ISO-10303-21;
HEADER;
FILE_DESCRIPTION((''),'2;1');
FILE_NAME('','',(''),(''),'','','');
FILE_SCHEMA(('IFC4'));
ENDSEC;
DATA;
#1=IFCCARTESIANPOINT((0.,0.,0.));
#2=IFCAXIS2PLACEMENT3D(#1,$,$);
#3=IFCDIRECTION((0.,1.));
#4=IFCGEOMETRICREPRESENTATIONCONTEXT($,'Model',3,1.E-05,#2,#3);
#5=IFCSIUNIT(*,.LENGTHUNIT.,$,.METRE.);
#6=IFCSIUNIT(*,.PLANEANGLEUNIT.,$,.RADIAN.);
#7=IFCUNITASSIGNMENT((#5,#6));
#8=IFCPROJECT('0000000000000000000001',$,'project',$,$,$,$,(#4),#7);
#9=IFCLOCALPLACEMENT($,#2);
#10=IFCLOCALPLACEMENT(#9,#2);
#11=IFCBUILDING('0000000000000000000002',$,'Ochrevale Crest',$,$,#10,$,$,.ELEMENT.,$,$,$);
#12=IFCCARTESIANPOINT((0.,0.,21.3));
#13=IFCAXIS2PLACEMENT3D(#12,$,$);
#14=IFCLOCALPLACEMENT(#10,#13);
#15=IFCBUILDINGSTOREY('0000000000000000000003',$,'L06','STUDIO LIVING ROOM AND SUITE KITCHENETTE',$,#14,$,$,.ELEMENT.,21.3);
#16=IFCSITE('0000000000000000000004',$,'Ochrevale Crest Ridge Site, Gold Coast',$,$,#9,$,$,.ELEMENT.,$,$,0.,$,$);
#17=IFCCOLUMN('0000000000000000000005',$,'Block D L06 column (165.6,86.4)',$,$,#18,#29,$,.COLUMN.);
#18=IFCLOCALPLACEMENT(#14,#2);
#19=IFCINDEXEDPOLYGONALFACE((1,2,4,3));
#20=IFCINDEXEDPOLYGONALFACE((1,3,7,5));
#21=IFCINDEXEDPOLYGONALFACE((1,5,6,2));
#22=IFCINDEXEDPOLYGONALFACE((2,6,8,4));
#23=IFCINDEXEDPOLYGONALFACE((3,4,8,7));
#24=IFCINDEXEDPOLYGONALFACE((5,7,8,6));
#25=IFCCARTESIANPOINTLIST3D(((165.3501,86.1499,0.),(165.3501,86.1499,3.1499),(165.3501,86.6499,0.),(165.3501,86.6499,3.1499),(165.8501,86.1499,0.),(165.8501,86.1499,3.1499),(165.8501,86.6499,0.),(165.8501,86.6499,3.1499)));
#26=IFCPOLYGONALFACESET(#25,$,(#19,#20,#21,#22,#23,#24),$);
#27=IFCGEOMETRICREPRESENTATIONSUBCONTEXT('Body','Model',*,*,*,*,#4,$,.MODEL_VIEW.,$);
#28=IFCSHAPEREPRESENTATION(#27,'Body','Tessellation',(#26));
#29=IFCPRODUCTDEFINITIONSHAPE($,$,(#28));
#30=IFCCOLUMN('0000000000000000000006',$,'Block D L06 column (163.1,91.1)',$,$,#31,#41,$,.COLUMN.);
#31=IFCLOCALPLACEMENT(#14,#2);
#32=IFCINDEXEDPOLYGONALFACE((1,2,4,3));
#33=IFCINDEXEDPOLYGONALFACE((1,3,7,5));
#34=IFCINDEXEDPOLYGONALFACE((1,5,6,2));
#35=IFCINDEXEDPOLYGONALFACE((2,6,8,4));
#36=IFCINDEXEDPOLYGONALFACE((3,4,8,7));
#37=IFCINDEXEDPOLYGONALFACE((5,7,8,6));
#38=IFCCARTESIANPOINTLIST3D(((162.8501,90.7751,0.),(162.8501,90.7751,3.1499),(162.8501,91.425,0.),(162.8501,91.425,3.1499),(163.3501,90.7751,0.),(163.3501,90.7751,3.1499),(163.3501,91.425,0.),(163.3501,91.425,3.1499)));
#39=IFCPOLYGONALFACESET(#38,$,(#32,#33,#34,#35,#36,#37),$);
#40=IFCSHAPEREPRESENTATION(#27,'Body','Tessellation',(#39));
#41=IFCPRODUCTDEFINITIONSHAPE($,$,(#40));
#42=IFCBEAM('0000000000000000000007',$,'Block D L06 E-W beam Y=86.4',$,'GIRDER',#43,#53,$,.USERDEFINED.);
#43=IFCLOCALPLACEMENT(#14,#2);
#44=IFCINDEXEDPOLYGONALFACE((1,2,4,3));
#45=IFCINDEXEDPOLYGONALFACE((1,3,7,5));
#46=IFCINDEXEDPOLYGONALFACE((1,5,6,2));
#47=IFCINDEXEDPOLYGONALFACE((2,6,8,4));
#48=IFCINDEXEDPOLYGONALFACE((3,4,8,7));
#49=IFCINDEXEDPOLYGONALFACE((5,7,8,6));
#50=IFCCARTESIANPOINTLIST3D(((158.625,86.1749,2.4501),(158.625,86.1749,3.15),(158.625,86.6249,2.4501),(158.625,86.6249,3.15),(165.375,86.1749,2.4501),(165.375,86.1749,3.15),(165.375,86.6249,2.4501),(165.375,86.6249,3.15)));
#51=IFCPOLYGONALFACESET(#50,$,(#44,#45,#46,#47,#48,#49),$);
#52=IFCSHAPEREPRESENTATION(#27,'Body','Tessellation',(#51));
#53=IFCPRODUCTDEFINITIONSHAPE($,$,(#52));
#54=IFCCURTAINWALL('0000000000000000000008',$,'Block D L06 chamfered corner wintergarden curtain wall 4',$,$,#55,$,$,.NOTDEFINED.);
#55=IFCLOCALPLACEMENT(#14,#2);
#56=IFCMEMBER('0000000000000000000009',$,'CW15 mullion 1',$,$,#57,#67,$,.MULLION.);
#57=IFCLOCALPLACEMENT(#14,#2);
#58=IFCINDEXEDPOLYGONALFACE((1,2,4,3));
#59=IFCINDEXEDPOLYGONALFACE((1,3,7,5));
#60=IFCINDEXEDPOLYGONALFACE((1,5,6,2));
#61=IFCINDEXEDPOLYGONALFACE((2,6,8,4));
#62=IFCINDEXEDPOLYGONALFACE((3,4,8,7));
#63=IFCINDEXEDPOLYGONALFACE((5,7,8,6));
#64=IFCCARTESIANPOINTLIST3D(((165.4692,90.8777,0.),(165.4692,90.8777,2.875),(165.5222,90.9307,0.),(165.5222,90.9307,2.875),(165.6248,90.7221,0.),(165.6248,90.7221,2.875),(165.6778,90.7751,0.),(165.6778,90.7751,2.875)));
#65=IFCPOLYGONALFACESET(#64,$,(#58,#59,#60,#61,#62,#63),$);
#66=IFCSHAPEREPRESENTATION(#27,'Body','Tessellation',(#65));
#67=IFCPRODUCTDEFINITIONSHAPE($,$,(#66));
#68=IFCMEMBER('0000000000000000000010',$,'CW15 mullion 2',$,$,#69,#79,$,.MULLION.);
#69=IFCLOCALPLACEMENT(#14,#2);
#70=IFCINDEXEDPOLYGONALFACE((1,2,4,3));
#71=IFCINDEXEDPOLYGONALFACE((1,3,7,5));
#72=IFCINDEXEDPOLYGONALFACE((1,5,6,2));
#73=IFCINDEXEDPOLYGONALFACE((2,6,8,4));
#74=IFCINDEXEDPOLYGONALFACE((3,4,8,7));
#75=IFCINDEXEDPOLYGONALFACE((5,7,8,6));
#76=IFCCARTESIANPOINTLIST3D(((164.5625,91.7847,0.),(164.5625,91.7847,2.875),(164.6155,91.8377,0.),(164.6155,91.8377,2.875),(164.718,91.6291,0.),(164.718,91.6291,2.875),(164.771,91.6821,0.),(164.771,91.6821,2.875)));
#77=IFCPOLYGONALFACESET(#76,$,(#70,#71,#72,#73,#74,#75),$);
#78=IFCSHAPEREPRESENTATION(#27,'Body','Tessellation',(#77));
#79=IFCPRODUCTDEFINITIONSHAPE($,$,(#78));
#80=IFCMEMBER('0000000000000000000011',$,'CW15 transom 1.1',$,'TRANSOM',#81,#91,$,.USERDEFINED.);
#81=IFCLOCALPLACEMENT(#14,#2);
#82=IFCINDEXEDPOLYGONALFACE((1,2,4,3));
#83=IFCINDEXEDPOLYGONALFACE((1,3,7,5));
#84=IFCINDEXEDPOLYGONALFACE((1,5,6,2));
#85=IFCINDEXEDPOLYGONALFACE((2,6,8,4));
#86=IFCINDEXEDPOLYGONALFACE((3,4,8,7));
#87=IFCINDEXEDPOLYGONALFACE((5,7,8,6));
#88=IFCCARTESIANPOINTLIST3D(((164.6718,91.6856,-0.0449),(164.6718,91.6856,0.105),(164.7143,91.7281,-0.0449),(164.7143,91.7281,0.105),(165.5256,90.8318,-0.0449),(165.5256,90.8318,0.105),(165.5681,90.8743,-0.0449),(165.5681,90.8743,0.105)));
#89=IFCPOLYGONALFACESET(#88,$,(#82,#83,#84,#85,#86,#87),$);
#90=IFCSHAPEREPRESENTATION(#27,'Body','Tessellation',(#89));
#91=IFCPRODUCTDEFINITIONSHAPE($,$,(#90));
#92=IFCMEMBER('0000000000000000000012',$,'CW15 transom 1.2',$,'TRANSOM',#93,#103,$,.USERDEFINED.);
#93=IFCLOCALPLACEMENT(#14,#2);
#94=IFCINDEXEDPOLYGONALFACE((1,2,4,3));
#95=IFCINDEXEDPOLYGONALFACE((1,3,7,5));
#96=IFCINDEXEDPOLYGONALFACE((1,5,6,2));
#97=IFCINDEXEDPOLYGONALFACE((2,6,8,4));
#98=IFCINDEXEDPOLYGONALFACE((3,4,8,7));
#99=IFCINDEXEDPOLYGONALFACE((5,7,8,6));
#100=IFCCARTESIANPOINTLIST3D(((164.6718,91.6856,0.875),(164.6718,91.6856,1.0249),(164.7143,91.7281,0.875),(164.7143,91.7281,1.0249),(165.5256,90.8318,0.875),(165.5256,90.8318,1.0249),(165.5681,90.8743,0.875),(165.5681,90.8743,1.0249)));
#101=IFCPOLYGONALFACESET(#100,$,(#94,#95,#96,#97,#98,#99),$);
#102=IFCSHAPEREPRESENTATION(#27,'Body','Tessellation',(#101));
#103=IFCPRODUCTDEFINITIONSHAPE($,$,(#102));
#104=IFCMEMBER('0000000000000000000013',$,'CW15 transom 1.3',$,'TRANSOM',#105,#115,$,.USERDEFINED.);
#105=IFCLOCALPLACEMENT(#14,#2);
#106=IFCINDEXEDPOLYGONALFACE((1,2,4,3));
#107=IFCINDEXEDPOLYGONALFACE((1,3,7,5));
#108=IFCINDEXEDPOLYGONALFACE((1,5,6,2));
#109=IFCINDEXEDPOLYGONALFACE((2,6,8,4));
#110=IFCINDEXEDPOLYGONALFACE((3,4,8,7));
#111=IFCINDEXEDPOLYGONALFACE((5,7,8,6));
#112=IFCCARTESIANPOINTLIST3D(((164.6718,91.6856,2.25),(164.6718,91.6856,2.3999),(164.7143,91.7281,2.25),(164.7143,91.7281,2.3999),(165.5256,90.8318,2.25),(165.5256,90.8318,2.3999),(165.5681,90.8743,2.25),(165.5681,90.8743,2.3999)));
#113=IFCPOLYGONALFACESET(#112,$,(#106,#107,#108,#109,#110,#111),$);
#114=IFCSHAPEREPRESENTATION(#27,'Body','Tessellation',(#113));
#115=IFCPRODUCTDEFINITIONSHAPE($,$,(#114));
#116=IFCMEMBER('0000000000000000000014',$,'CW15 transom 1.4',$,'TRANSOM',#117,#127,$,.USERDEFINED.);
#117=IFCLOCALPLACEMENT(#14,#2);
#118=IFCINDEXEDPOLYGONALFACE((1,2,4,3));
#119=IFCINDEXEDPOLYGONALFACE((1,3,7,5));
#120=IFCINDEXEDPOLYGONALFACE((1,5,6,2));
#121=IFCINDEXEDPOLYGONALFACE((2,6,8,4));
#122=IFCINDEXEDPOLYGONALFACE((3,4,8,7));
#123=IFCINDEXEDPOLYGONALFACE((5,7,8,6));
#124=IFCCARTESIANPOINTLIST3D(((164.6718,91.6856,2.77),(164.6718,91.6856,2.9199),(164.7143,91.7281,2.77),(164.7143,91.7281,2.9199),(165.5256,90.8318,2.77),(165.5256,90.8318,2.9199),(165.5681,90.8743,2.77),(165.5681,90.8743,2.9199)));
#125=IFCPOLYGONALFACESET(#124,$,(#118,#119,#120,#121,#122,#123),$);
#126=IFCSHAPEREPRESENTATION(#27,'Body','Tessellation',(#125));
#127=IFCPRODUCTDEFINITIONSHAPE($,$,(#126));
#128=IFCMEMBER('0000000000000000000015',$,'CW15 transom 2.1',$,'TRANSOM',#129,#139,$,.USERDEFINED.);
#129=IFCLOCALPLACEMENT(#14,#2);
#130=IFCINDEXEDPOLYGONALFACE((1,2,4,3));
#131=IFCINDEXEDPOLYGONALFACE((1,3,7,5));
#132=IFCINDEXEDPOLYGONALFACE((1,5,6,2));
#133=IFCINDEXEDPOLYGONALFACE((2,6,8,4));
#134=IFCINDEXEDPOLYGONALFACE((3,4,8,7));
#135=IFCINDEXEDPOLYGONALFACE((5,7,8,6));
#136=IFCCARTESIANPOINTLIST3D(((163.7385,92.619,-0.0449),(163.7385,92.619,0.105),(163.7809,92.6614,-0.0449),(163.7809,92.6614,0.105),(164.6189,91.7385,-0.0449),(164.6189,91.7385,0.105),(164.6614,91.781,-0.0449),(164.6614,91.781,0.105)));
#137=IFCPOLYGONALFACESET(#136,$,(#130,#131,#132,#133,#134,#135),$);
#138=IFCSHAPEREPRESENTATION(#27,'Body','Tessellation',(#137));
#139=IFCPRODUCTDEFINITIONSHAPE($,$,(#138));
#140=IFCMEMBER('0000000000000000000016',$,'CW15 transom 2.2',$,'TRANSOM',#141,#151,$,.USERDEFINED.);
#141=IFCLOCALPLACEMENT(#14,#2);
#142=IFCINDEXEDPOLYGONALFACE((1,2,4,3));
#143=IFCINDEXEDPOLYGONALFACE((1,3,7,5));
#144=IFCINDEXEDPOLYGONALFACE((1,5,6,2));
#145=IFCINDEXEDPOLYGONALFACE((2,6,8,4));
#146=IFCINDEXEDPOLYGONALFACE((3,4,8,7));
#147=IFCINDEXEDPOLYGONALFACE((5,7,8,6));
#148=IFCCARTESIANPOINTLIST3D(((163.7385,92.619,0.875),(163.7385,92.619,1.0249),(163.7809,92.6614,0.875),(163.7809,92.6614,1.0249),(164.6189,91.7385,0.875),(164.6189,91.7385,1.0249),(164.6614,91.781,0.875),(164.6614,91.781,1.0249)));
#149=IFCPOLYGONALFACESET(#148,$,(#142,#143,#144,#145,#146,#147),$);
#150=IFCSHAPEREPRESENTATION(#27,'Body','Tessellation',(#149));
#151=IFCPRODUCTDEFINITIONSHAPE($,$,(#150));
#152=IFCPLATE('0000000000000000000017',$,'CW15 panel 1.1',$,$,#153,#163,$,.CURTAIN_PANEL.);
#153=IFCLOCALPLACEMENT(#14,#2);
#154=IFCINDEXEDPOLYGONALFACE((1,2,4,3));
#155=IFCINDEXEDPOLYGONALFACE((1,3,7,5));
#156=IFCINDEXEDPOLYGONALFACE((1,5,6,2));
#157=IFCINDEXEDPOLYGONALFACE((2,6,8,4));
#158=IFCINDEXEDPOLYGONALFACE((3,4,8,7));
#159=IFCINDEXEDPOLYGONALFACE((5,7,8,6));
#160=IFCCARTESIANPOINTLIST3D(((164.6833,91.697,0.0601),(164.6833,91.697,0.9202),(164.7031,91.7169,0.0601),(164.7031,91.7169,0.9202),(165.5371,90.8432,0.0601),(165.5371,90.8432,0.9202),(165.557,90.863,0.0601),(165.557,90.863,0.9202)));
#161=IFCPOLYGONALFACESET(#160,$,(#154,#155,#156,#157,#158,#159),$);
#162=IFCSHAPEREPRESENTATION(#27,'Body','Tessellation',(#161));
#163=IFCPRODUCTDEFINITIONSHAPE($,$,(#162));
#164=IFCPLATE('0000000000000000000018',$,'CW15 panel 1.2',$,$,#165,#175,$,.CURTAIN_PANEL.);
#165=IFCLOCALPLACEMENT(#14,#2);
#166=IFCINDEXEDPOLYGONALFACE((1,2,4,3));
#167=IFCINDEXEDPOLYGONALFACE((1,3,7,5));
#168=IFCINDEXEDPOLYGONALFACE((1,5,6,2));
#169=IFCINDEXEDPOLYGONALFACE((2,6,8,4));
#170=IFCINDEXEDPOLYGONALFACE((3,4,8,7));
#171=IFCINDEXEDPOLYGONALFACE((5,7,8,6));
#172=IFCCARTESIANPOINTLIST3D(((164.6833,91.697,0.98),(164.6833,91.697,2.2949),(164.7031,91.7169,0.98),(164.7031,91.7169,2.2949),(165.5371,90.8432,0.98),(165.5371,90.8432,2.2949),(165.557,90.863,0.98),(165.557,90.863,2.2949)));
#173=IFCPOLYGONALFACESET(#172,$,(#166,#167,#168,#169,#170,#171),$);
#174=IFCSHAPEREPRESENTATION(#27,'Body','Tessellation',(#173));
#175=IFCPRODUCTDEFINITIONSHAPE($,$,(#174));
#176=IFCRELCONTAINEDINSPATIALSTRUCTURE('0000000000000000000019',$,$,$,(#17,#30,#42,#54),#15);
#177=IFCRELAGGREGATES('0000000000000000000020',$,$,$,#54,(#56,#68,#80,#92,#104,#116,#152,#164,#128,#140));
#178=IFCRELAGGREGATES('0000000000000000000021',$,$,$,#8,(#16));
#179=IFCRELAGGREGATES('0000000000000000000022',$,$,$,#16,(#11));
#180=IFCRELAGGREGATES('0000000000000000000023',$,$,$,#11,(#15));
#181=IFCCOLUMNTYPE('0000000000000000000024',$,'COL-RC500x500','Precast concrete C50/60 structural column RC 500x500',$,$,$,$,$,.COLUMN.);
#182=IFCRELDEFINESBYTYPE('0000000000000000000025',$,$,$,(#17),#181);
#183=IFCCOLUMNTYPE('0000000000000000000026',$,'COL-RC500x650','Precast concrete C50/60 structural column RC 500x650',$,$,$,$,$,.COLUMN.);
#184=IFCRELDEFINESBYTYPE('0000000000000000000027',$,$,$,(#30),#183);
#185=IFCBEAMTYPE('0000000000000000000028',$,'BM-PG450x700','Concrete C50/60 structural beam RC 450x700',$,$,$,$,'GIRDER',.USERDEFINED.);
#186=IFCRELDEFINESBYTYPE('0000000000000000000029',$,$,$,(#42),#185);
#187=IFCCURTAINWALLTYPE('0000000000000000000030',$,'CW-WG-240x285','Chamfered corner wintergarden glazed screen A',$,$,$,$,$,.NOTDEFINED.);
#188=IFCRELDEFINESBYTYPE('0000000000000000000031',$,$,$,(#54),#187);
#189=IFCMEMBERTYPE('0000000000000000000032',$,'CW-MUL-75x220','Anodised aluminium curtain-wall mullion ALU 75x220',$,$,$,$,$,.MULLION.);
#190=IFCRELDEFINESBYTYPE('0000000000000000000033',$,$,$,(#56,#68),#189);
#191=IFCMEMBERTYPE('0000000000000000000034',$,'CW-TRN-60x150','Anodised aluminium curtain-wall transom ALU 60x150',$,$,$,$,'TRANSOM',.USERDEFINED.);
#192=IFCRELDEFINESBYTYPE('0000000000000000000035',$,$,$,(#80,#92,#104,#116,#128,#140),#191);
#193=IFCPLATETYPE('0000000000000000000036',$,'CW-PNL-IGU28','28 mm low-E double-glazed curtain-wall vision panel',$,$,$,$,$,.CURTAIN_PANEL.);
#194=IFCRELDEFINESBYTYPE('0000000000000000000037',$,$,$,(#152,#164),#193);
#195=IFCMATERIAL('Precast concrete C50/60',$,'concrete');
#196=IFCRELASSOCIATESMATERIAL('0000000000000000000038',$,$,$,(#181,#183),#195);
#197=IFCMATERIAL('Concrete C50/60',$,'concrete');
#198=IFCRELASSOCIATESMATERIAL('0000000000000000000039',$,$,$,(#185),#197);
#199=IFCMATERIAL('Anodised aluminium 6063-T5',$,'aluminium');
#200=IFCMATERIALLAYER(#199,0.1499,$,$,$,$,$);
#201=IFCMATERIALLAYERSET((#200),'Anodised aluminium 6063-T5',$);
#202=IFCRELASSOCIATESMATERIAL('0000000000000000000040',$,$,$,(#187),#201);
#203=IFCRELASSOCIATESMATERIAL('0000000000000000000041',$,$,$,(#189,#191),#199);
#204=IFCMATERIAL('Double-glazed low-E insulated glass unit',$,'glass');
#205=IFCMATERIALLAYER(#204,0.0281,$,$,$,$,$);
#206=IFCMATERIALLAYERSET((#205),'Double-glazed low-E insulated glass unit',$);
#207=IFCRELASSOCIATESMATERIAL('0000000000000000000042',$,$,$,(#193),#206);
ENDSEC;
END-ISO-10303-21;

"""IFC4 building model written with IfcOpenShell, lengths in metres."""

from ifc_helpers import new_model, si_unit, direction, frame, origin, origin_2d, place, context, subcontext, project, spatial, rectangle, extrude, material, layer, layer_set, material_profile, profile_set, type_object, element, aggregate, save


model = new_model("IFC4")

# Units and contexts
model_context = context("Model", 3, precision=1e-05, world=origin(), true_north=direction((0.0, 1.0)))
body_context = subcontext(model_context, "Body", "Model", "MODEL_VIEW")
ifc_project = project(units=[si_unit("LENGTHUNIT", "METRE"), si_unit("PLANEANGLEUNIT", "RADIAN")], contexts=[model_context])

# Site, building, storey
site_placement = place(None, origin())
site = spatial("IfcSite", under=ifc_project, at=site_placement, Name="Ochrevale Crest Ridge Site, Gold Coast", CompositionType="ELEMENT", RefElevation=0.0)
building_placement = place(site_placement, origin())
building = spatial("IfcBuilding", under=site, at=building_placement, Name="Ochrevale Crest", CompositionType="ELEMENT")
storey_placement = place(building_placement, frame((0.0, 0.0, 21.3)))
storey = spatial("IfcBuildingStorey", under=building, at=storey_placement, Name="L06", Description="STUDIO LIVING ROOM AND SUITE KITCHENETTE", CompositionType="ELEMENT", Elevation=21.3)

# Columns
ifc_material_1 = material(Name="Precast concrete C50/60", Category="concrete")
ifc_material_profile_1 = material_profile(ifc_material_1, rectangle(XDim=0.5, YDim=0.5, at=origin_2d()), Name="RC 500x500")
ifc_profile_set_1 = profile_set([ifc_material_profile_1], Name="Precast concrete C50/60")
column_type_1 = type_object("IfcColumnType", Name="COL-RC500x500", Description="Precast concrete C50/60 structural column RC 500x500", PredefinedType="COLUMN", material=ifc_profile_set_1)
column_1_placement = place(storey_placement, frame((165.6001, 86.3999, 0.0), z_axis=(0.0, 0.0, 1.0), x_axis=(1.0, 0.0, 0.0)))
element("IfcColumn", 1, at=column_1_placement, inside=storey, type_object=column_type_1, Name="Block D L06 column (165.6,86.4)", PredefinedType="COLUMN", context=body_context, shape_type="SweptSolid", body=[
    extrude(rectangle(XDim=0.5, YDim=0.5, at=origin_2d()), origin(), (0.0, 0.0, 1.0), 3.1499),
])
ifc_material_profile_2 = material_profile(ifc_material_1, rectangle(XDim=0.5, YDim=0.6499, at=origin_2d()), Name="RC 500x650")
ifc_profile_set_2 = profile_set([ifc_material_profile_2], Name="Precast concrete C50/60")
column_type_2 = type_object("IfcColumnType", Name="COL-RC500x650", Description="Precast concrete C50/60 structural column RC 500x650", PredefinedType="COLUMN", material=ifc_profile_set_2)
column_2_placement = place(storey_placement, frame((163.1001, 91.1001, 0.0), z_axis=(0.0, 0.0, 1.0), x_axis=(1.0, 0.0, 0.0)))
element("IfcColumn", 2, at=column_2_placement, inside=storey, type_object=column_type_2, Name="Block D L06 column (163.1,91.1)", PredefinedType="COLUMN", context=body_context, shape_type="SweptSolid", body=[
    extrude(rectangle(XDim=0.5, YDim=0.6499, at=origin_2d()), origin(), (0.0, 0.0, 1.0), 3.1499),
])

# Beam
ifc_material_2 = material(Name="Concrete C50/60", Category="concrete")
ifc_material_profile_3 = material_profile(ifc_material_2, rectangle(XDim=0.45, YDim=0.7, at=origin_2d()), Name="RC 450x700")
ifc_profile_set_3 = profile_set([ifc_material_profile_3], Name="Concrete C50/60")
beam_type = type_object("IfcBeamType", Name="BM-PG450x700", Description="Concrete C50/60 structural beam RC 450x700", ElementType="GIRDER", PredefinedType="USERDEFINED", material=ifc_profile_set_3)
beam_placement = place(storey_placement, frame((158.625, 86.3999, 2.8), z_axis=(1.0, 0.0, 0.0), x_axis=(0.0, 1.0, 0.0)))
element("IfcBeam", 3, at=beam_placement, inside=storey, type_object=beam_type, Name="Block D L06 E-W beam Y=86.4", ObjectType="GIRDER", PredefinedType="USERDEFINED", context=body_context, shape_type="SweptSolid", body=[
    extrude(rectangle(XDim=0.45, YDim=0.7, at=origin_2d()), origin(), (0.0, 0.0, 1.0), 6.75),
])

# Curtain wall, members, plates
ifc_material_3 = material(Name="Anodised aluminium 6063-T5", Category="aluminium")
ifc_layer_1 = layer(ifc_material_3, 0.1499)
ifc_layer_set_1 = layer_set([ifc_layer_1], Name="Anodised aluminium 6063-T5")
curtain_wall_type = type_object("IfcCurtainWallType", Name="CW-WG-240x285", Description="Chamfered corner wintergarden glazed screen A", PredefinedType="NOTDEFINED", material=ifc_layer_set_1)
curtain_wall_placement = place(storey_placement, origin())
curtain_wall = element("IfcCurtainWall", 4, at=curtain_wall_placement, inside=storey, type_object=curtain_wall_type, Name="Block D L06 chamfered corner wintergarden curtain wall 4", PredefinedType="NOTDEFINED")
ifc_material_profile_4 = material_profile(ifc_material_3, rectangle(XDim=0.075, YDim=0.22, at=origin_2d()), Name="ALU 75x220")
ifc_profile_set_4 = profile_set([ifc_material_profile_4], Name="Anodised aluminium 6063-T5")
member_type_1 = type_object("IfcMemberType", Name="CW-MUL-75x220", Description="Anodised aluminium curtain-wall mullion ALU 75x220", PredefinedType="MULLION", material=ifc_profile_set_4)
member_1_placement = place(storey_placement, frame((165.5735, 90.8264, 0.0), z_axis=(0.0, 0.0, 1.0), x_axis=(-0.707107, -0.707107, 0.0)))
member_1 = element("IfcMember", 5, at=member_1_placement, type_object=member_type_1, Name="CW15 mullion 1", PredefinedType="MULLION", context=body_context, shape_type="SweptSolid", body=[
    extrude(rectangle(XDim=0.075, YDim=0.22, at=origin_2d()), origin(), (0.0, 0.0, 1.0), 2.875),
])
member_2_placement = place(storey_placement, frame((164.6667, 91.7334, 0.0), z_axis=(0.0, 0.0, 1.0), x_axis=(-0.707107, -0.707107, 0.0)))
member_2 = element("IfcMember", 6, at=member_2_placement, type_object=member_type_1, Name="CW15 mullion 2", PredefinedType="MULLION", context=body_context, shape_type="SweptSolid", body=[
    extrude(rectangle(XDim=0.075, YDim=0.22, at=origin_2d()), origin(), (0.0, 0.0, 1.0), 2.875),
])
ifc_material_profile_5 = material_profile(ifc_material_3, rectangle(XDim=0.0601, YDim=0.1499, at=origin_2d()), Name="ALU 60x150")
ifc_profile_set_5 = profile_set([ifc_material_profile_5], Name="Anodised aluminium 6063-T5")
member_type_2 = type_object("IfcMemberType", Name="CW-TRN-60x150", Description="Anodised aluminium curtain-wall transom ALU 60x150", ElementType="TRANSOM", PredefinedType="USERDEFINED", material=ifc_profile_set_5)
member_3_placement = place(storey_placement, frame((165.5469, 90.853, 0.03), z_axis=(-0.707107, 0.707107, 0.0), x_axis=(-0.707107, -0.707107, 0.0)))
member_3 = element("IfcMember", 7, at=member_3_placement, type_object=member_type_2, Name="CW15 transom 1.1", ObjectType="TRANSOM", PredefinedType="USERDEFINED", context=body_context, shape_type="SweptSolid", body=[
    extrude(rectangle(XDim=0.0601, YDim=0.1499, at=origin_2d()), origin(), (0.0, 0.0, 1.0), 1.2075),
])
member_4_placement = place(storey_placement, frame((165.5469, 90.853, 0.95), z_axis=(-0.707107, 0.707107, 0.0), x_axis=(-0.707107, -0.707107, 0.0)))
member_4 = element("IfcMember", 8, at=member_4_placement, type_object=member_type_2, Name="CW15 transom 1.2", ObjectType="TRANSOM", PredefinedType="USERDEFINED", context=body_context, shape_type="SweptSolid", body=[
    extrude(rectangle(XDim=0.0601, YDim=0.1499, at=origin_2d()), origin(), (0.0, 0.0, 1.0), 1.2075),
])
member_5_placement = place(storey_placement, frame((165.5469, 90.853, 2.325), z_axis=(-0.707107, 0.707107, 0.0), x_axis=(-0.707107, -0.707107, 0.0)))
member_5 = element("IfcMember", 9, at=member_5_placement, type_object=member_type_2, Name="CW15 transom 1.3", ObjectType="TRANSOM", PredefinedType="USERDEFINED", context=body_context, shape_type="SweptSolid", body=[
    extrude(rectangle(XDim=0.0601, YDim=0.1499, at=origin_2d()), origin(), (0.0, 0.0, 1.0), 1.2075),
])
member_6_placement = place(storey_placement, frame((165.5469, 90.853, 2.845), z_axis=(-0.707107, 0.707107, 0.0), x_axis=(-0.707107, -0.707107, 0.0)))
member_6 = element("IfcMember", 10, at=member_6_placement, type_object=member_type_2, Name="CW15 transom 1.4", ObjectType="TRANSOM", PredefinedType="USERDEFINED", context=body_context, shape_type="SweptSolid", body=[
    extrude(rectangle(XDim=0.0601, YDim=0.1499, at=origin_2d()), origin(), (0.0, 0.0, 1.0), 1.2075),
])
member_7_placement = place(storey_placement, frame((164.6401, 91.7598, 0.03), z_axis=(-0.707107, 0.707107, 0.0), x_axis=(-0.707107, -0.707107, 0.0)))
member_7 = element("IfcMember", 11, at=member_7_placement, type_object=member_type_2, Name="CW15 transom 2.1", ObjectType="TRANSOM", PredefinedType="USERDEFINED", context=body_context, shape_type="SweptSolid", body=[
    extrude(rectangle(XDim=0.0601, YDim=0.1499, at=origin_2d()), origin(), (0.0, 0.0, 1.0), 1.2451),
])
member_8_placement = place(storey_placement, frame((164.6401, 91.7598, 0.95), z_axis=(-0.707107, 0.707107, 0.0), x_axis=(-0.707107, -0.707107, 0.0)))
member_8 = element("IfcMember", 12, at=member_8_placement, type_object=member_type_2, Name="CW15 transom 2.2", ObjectType="TRANSOM", PredefinedType="USERDEFINED", context=body_context, shape_type="SweptSolid", body=[
    extrude(rectangle(XDim=0.0601, YDim=0.1499, at=origin_2d()), origin(), (0.0, 0.0, 1.0), 1.2451),
])
ifc_material_4 = material(Name="Double-glazed low-E insulated glass unit", Category="glass")
ifc_layer_2 = layer(ifc_material_4, 0.0281)
ifc_layer_set_2 = layer_set([ifc_layer_2], Name="Double-glazed low-E insulated glass unit")
plate_type = type_object("IfcPlateType", Name="CW-PNL-IGU28", Description="28 mm low-E double-glazed curtain-wall vision panel", PredefinedType="CURTAIN_PANEL", material=ifc_layer_set_2)
plate_1_placement = place(storey_placement, frame((165.1201, 91.28, 0.0601), z_axis=(0.0, 0.0, 1.0), x_axis=(-0.707107, 0.707107, 0.0)))
plate_1 = element("IfcPlate", 13, at=plate_1_placement, type_object=plate_type, Name="CW15 panel 1.1", PredefinedType="CURTAIN_PANEL", context=body_context, shape_type="SweptSolid", body=[
    extrude(rectangle(XDim=1.2075, YDim=0.0281, at=origin_2d()), origin(), (0.0, 0.0, 1.0), 0.8601),
])
plate_2_placement = place(storey_placement, frame((165.1201, 91.28, 0.98), z_axis=(0.0, 0.0, 1.0), x_axis=(-0.707107, 0.707107, 0.0)))
plate_2 = element("IfcPlate", 14, at=plate_2_placement, type_object=plate_type, Name="CW15 panel 1.2", PredefinedType="CURTAIN_PANEL", context=body_context, shape_type="SweptSolid", body=[
    extrude(rectangle(XDim=1.2075, YDim=0.0281, at=origin_2d()), origin(), (0.0, 0.0, 1.0), 1.3149),
])
aggregate(curtain_wall, [member_1, member_2, member_3, member_4, member_5, member_6, plate_1, plate_2, member_7, member_8])

save(model, "model.ifc")
